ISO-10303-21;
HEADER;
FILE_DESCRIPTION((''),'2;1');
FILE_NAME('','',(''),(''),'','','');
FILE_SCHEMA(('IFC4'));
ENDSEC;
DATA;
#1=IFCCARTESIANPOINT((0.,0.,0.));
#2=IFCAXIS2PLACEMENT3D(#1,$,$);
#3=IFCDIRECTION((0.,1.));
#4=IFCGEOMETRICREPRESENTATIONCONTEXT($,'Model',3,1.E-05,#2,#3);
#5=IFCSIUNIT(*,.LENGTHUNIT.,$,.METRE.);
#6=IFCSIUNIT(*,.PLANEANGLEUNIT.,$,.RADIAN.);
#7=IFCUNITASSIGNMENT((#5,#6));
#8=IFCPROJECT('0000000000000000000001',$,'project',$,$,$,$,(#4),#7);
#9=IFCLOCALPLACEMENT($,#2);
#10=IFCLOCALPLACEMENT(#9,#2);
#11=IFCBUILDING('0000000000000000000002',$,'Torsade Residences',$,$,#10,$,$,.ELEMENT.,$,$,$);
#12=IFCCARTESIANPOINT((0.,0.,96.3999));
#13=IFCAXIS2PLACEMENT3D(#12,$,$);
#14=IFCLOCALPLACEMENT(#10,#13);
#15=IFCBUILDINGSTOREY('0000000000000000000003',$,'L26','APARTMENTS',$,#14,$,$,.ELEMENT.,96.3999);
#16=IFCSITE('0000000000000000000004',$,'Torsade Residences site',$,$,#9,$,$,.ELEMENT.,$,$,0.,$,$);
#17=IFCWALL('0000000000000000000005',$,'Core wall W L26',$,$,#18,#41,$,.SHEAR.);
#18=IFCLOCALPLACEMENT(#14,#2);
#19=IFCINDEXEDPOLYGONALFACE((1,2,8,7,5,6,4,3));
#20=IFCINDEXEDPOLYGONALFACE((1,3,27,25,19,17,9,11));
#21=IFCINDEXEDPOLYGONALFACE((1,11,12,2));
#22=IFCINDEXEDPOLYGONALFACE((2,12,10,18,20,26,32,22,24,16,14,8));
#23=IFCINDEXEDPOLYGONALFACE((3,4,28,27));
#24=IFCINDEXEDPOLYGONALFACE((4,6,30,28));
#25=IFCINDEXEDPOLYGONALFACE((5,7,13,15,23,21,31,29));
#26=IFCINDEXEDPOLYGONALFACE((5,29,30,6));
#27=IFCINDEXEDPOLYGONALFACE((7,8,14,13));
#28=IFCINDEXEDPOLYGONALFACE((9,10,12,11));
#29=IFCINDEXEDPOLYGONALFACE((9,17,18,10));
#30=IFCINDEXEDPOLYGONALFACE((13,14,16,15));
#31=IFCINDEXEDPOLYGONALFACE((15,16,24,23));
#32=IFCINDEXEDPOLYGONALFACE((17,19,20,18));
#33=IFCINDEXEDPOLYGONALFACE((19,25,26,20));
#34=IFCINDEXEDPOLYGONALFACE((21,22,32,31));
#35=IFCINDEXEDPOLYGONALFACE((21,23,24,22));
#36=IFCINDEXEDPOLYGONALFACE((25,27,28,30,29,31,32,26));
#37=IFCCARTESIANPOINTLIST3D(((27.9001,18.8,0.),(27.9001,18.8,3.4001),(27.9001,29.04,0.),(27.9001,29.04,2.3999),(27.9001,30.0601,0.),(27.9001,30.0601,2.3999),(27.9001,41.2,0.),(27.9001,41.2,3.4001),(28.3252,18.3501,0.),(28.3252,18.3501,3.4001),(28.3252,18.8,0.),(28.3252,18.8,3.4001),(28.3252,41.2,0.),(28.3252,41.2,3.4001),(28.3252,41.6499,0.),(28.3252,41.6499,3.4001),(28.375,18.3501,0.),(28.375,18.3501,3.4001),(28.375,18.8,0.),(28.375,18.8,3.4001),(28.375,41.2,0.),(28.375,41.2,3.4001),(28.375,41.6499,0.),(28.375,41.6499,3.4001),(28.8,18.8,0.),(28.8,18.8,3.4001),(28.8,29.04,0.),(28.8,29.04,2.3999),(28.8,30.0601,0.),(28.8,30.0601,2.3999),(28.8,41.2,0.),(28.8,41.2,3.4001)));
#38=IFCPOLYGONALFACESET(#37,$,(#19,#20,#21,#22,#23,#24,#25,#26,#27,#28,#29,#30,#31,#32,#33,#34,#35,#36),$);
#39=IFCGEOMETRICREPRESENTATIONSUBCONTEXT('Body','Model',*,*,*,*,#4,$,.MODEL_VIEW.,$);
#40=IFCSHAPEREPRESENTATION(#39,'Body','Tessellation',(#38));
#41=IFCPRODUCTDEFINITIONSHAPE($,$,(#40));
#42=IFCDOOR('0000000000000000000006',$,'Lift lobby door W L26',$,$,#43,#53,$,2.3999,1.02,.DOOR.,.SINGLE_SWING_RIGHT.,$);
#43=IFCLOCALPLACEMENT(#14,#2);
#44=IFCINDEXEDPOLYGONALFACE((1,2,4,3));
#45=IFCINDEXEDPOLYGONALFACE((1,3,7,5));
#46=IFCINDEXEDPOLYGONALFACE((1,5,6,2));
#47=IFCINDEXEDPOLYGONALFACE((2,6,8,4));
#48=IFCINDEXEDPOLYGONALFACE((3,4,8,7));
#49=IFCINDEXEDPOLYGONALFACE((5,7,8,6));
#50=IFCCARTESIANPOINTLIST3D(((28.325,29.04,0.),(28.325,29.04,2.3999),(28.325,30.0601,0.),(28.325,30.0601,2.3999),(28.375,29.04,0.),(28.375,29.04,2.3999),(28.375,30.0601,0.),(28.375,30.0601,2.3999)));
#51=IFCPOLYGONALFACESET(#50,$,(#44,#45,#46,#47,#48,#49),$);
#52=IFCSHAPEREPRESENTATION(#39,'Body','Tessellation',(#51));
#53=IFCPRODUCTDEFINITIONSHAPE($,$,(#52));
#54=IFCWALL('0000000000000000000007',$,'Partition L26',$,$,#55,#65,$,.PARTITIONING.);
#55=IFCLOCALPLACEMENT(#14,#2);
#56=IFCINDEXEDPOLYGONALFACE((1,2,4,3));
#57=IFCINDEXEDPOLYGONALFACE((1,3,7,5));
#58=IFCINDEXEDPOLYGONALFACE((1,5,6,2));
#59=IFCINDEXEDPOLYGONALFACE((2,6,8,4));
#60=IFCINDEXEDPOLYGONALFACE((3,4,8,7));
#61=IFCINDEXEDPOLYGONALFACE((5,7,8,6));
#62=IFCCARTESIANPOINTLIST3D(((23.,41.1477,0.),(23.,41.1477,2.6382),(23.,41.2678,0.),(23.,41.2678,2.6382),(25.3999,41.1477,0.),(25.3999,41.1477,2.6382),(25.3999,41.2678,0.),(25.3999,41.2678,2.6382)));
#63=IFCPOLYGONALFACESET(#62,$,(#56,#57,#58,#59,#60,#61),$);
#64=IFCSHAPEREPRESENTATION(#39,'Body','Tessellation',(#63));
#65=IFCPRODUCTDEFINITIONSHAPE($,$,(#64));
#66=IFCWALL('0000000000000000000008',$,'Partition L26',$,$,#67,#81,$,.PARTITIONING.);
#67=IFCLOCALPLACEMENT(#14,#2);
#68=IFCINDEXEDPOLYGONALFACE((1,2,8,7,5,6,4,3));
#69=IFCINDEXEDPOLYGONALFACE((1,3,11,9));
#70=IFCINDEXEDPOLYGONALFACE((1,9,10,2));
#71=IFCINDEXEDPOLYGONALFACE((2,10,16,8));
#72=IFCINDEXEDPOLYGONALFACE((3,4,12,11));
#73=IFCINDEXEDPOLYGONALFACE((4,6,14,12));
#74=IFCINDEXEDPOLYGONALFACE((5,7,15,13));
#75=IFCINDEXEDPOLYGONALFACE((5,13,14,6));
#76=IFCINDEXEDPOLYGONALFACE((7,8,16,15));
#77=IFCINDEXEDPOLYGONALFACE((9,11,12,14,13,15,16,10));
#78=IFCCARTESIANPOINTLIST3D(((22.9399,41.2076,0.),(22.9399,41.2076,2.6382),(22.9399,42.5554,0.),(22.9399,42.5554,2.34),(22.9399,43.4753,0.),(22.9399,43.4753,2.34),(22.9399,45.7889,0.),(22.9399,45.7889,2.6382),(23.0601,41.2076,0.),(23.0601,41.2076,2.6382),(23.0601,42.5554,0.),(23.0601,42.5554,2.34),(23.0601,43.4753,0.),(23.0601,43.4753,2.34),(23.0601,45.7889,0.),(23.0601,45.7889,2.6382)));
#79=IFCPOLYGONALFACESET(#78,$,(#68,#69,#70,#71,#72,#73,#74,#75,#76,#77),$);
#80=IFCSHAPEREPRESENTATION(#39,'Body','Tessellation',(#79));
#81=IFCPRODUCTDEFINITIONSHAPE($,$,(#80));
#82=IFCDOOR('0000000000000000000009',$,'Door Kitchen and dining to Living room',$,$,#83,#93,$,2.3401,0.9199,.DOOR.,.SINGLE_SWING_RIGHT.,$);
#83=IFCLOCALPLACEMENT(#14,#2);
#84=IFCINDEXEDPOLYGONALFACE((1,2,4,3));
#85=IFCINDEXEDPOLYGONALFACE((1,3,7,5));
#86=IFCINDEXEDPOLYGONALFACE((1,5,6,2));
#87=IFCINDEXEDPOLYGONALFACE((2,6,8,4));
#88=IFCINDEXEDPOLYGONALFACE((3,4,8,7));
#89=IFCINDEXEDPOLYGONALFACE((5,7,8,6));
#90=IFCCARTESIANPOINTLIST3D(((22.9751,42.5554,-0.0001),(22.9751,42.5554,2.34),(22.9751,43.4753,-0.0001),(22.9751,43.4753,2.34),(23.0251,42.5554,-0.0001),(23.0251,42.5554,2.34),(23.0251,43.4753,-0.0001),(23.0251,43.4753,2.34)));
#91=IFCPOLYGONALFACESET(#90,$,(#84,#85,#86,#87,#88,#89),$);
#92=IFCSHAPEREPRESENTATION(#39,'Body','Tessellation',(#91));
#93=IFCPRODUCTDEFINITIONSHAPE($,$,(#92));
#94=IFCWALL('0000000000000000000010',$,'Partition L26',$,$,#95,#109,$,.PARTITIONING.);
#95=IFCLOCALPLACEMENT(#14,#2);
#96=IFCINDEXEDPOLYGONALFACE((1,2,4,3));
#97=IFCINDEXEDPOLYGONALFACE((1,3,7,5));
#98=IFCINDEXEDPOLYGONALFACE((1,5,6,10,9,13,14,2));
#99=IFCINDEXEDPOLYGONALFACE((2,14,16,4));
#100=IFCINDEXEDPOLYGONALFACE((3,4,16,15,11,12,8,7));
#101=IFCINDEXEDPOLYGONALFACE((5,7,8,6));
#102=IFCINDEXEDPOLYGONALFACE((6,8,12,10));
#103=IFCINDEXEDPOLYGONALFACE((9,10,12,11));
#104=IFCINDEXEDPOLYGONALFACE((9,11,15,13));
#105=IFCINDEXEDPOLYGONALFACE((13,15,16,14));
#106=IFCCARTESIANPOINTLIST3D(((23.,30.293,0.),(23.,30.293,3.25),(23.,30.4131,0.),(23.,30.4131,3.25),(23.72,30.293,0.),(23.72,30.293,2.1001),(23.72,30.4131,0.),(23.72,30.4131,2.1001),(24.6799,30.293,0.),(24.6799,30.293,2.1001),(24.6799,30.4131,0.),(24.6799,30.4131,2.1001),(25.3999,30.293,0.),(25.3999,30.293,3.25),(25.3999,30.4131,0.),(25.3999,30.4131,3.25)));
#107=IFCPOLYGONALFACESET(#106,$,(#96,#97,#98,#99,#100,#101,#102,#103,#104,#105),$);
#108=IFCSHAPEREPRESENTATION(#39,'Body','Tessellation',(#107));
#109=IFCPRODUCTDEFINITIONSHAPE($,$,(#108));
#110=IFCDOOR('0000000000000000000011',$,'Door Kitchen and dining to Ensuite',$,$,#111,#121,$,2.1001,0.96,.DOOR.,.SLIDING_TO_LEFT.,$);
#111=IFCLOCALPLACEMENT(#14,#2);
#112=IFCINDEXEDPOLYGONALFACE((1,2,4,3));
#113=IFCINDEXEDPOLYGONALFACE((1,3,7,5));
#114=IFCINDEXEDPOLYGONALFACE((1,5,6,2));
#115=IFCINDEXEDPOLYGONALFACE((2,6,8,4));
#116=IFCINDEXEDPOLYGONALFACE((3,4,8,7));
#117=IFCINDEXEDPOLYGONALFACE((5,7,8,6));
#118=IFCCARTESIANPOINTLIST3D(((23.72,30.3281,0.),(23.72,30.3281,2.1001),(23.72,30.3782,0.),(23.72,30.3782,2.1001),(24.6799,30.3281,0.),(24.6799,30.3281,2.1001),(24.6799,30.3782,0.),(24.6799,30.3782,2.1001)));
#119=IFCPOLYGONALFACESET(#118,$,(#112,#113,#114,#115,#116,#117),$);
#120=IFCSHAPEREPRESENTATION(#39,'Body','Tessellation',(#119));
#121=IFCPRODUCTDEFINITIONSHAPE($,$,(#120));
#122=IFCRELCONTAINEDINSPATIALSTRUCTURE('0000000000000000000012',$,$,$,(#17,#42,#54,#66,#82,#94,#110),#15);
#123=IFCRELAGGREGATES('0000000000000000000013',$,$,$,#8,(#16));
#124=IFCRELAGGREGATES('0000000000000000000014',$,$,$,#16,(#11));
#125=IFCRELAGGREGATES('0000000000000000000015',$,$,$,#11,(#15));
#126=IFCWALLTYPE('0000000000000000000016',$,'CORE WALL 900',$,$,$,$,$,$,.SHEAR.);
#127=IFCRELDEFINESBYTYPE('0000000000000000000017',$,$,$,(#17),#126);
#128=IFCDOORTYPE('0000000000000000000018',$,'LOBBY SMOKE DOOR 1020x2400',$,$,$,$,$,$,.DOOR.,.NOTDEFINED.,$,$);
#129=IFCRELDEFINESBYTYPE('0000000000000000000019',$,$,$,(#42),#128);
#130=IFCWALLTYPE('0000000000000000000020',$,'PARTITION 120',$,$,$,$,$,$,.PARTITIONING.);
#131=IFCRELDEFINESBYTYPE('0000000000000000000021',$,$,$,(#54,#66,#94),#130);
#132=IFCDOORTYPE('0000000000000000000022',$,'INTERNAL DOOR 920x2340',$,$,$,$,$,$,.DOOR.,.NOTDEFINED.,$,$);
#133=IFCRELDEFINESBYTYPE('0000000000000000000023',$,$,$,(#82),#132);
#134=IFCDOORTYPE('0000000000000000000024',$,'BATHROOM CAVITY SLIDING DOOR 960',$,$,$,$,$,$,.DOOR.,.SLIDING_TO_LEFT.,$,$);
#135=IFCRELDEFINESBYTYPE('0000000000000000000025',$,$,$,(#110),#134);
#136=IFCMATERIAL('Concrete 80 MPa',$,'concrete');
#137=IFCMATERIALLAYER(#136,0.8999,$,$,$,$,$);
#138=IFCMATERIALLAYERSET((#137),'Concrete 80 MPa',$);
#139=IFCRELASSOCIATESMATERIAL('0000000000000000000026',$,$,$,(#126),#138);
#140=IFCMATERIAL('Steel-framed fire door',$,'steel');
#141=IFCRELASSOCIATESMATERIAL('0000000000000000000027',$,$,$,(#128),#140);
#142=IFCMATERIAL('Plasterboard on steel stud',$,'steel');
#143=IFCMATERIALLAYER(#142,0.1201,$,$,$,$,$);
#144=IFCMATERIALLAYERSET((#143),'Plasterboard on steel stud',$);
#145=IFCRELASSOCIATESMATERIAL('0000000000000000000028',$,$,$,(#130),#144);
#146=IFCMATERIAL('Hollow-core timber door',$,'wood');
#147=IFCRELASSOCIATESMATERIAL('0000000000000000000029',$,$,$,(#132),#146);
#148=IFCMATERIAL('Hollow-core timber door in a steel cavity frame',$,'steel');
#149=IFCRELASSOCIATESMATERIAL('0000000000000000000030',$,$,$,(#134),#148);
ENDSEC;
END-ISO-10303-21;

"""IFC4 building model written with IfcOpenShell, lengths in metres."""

from ifc_helpers import new_model, si_unit, direction, frame, frame_2d, origin, place, context, subcontext, project, spatial, polyline, rectangle, outline, extrude, material, layer, layer_set, type_object, element, fill, save


model = new_model("IFC4")

# Units and contexts
model_context = context("Model", 3, precision=1e-05, world=origin(), true_north=direction((0.0, 1.0)))
body_context = subcontext(model_context, "Body", "Model", "MODEL_VIEW")
ifc_project = project(units=[si_unit("LENGTHUNIT", "METRE"), si_unit("PLANEANGLEUNIT", "RADIAN")], contexts=[model_context])

# Site, building, storey
site_placement = place(None, origin())
site = spatial("IfcSite", under=ifc_project, at=site_placement, Name="Torsade Residences site", CompositionType="ELEMENT", RefElevation=0.0)
building_placement = place(site_placement, origin())
building = spatial("IfcBuilding", under=site, at=building_placement, Name="Torsade Residences", CompositionType="ELEMENT")
storey_placement = place(building_placement, frame((0.0, 0.0, 96.3999)))
storey = spatial("IfcBuildingStorey", under=building, at=storey_placement, Name="L26", Description="APARTMENTS", CompositionType="ELEMENT", Elevation=96.3999)

# Shared definitions
ifc_material_1 = material(Name="Concrete 80 MPa", Category="concrete")
ifc_layer_1 = layer(ifc_material_1, 0.8999)
ifc_layer_set_1 = layer_set([ifc_layer_1], Name="Concrete 80 MPa")
wall_type_1 = type_object("IfcWallType", Name="CORE WALL 900", PredefinedType="SHEAR", material=ifc_layer_set_1)

# Wall, opening, door
wall_1_placement = place(storey_placement, frame((28.3501, 41.2, 0.0), z_axis=(0.0, 0.0, 1.0), x_axis=(0.0, -1.0, 0.0)))
wall_1 = element("IfcWall", 1, at=wall_1_placement, inside=storey, type_object=wall_type_1, Name="Core wall W L26", PredefinedType="SHEAR", context=body_context, shape_type="SweptSolid", body=[
    extrude(outline(polyline([(0.0, -0.45), (22.3999, -0.45), (22.3999, -0.0249), (22.8499, -0.0249), (22.8499, 0.0249), (22.3999, 0.0249), (22.3999, 0.45), (0.0, 0.45), (0.0, 0.0249), (-0.45, 0.0249), (-0.45, -0.0249), (0.0, -0.0249), (0.0, -0.45)])), origin(), (0.0, 0.0, 1.0), 3.4001),
])
opening_1_placement = place(wall_1_placement, frame((11.1399, 0.0, 0.0)))
opening_1 = element("IfcOpeningElement", 2, at=opening_1_placement, cuts=wall_1, PredefinedType="OPENING", context=body_context, shape_type="SweptSolid", body=[
    extrude(rectangle(XDim=1.02, YDim=2.3999, at=frame_2d((0.51, 1.2))), frame((0.0, 0.46, 0.0), z_axis=(0.0, -1.0, 0.0), x_axis=(1.0, 0.0, 0.0)), (0.0, 0.0, 1.0), 0.9199),
])
ifc_material_2 = material(Name="Steel-framed fire door", Category="steel")
door_type_1 = type_object("IfcDoorType", Name="LOBBY SMOKE DOOR 1020x2400", OperationType="NOTDEFINED", PredefinedType="DOOR", material=ifc_material_2)
door_1_placement = place(opening_1_placement, origin())
door_1 = element("IfcDoor", 3, at=door_1_placement, inside=storey, type_object=door_type_1, Name="Lift lobby door W L26", OperationType="SINGLE_SWING_RIGHT", OverallHeight=2.3999, OverallWidth=1.02, PredefinedType="DOOR", context=body_context, shape_type="SweptSolid", body=[
    extrude(rectangle(XDim=1.02, YDim=2.3999, at=frame_2d((0.51, 1.2))), frame((0.0, 0.0249, 0.0), z_axis=(0.0, -1.0, 0.0), x_axis=(1.0, 0.0, 0.0)), (0.0, 0.0, 1.0), 0.05),
])
fill(opening_1, door_1)

# Wall
ifc_material_3 = material(Name="Plasterboard on steel stud", Category="steel")
ifc_layer_2 = layer(ifc_material_3, 0.1201)
ifc_layer_set_2 = layer_set([ifc_layer_2], Name="Plasterboard on steel stud")
wall_type_2 = type_object("IfcWallType", Name="PARTITION 120", PredefinedType="PARTITIONING", material=ifc_layer_set_2)
wall_2_placement = place(storey_placement, frame((25.3999, 41.2078, 0.0), z_axis=(0.0, 0.0, 1.0), x_axis=(-1.0, 0.0, 0.0)))
element("IfcWall", 4, at=wall_2_placement, inside=storey, type_object=wall_type_2, Name="Partition L26", PredefinedType="PARTITIONING", context=body_context, shape_type="SweptSolid", body=[
    extrude(rectangle(XDim=2.3999, YDim=0.1201, at=frame_2d((1.2, 0.0))), origin(), (0.0, 0.0, 1.0), 2.6382),
])

# Walls, openings, doors
wall_3_placement = place(storey_placement, frame((23.0, 41.2078, 0.0), z_axis=(0.0, 0.0, 1.0), x_axis=(0.0, 1.0, 0.0)))
wall_3 = element("IfcWall", 5, at=wall_3_placement, inside=storey, type_object=wall_type_2, Name="Partition L26", PredefinedType="PARTITIONING", context=body_context, shape_type="SweptSolid", body=[
    extrude(rectangle(XDim=4.5813, YDim=0.1201, at=frame_2d((2.2905, 0.0))), origin(), (0.0, 0.0, 1.0), 2.6382),
])
opening_2_placement = place(wall_3_placement, frame((1.3477, 0.0, 0.0)))
opening_2 = element("IfcOpeningElement", 6, at=opening_2_placement, cuts=wall_3, PredefinedType="OPENING", context=body_context, shape_type="SweptSolid", body=[
    extrude(rectangle(XDim=0.9199, YDim=2.3401, at=frame_2d((0.46, 1.1699))), frame((0.0, 0.0701, 0.0), z_axis=(0.0, -1.0, 0.0), x_axis=(1.0, 0.0, 0.0)), (0.0, 0.0, 1.0), 0.1401),
])
ifc_material_4 = material(Name="Hollow-core timber door", Category="wood")
door_type_2 = type_object("IfcDoorType", Name="INTERNAL DOOR 920x2340", OperationType="NOTDEFINED", PredefinedType="DOOR", material=ifc_material_4)
door_2_placement = place(opening_2_placement, origin())
door_2 = element("IfcDoor", 7, at=door_2_placement, inside=storey, type_object=door_type_2, Name="Door Kitchen and dining to Living room", OperationType="SINGLE_SWING_RIGHT", OverallHeight=2.3401, OverallWidth=0.9199, PredefinedType="DOOR", context=body_context, shape_type="SweptSolid", body=[
    extrude(rectangle(XDim=0.9199, YDim=2.3401, at=frame_2d((0.46, 1.1699))), frame((0.0, 0.0249, 0.0), z_axis=(0.0, -1.0, 0.0), x_axis=(1.0, 0.0, 0.0)), (0.0, 0.0, 1.0), 0.05),
])
fill(opening_2, door_2)
wall_4_placement = place(storey_placement, frame((25.3999, 30.353, 0.0), z_axis=(0.0, 0.0, 1.0), x_axis=(-1.0, 0.0, 0.0)))
wall_4 = element("IfcWall", 8, at=wall_4_placement, inside=storey, type_object=wall_type_2, Name="Partition L26", PredefinedType="PARTITIONING", context=body_context, shape_type="SweptSolid", body=[
    extrude(rectangle(XDim=2.3999, YDim=0.1201, at=frame_2d((1.2, 0.0))), origin(), (0.0, 0.0, 1.0), 3.25),
])
opening_3_placement = place(wall_4_placement, frame((0.72, 0.0, 0.0)))
opening_3 = element("IfcOpeningElement", 9, at=opening_3_placement, cuts=wall_4, PredefinedType="OPENING", context=body_context, shape_type="SweptSolid", body=[
    extrude(rectangle(XDim=0.96, YDim=2.1001, at=frame_2d((0.48, 1.05))), frame((0.0, 0.0701, 0.0), z_axis=(0.0, -1.0, 0.0), x_axis=(1.0, 0.0, 0.0)), (0.0, 0.0, 1.0), 0.1401),
])
ifc_material_5 = material(Name="Hollow-core timber door in a steel cavity frame", Category="steel")
door_type_3 = type_object("IfcDoorType", Name="BATHROOM CAVITY SLIDING DOOR 960", OperationType="SLIDING_TO_LEFT", PredefinedType="DOOR", material=ifc_material_5)
door_3_placement = place(opening_3_placement, origin())
door_3 = element("IfcDoor", 10, at=door_3_placement, inside=storey, type_object=door_type_3, Name="Door Kitchen and dining to Ensuite", OperationType="SLIDING_TO_LEFT", OverallHeight=2.1001, OverallWidth=0.96, PredefinedType="DOOR", context=body_context, shape_type="SweptSolid", body=[
    extrude(rectangle(XDim=0.96, YDim=2.1001, at=frame_2d((0.48, 1.05))), frame((0.0, 0.0249, 0.0), z_axis=(0.0, -1.0, 0.0), x_axis=(1.0, 0.0, 0.0)), (0.0, 0.0, 1.0), 0.05),
])
fill(opening_3, door_3)

save(model, "model.ifc")
